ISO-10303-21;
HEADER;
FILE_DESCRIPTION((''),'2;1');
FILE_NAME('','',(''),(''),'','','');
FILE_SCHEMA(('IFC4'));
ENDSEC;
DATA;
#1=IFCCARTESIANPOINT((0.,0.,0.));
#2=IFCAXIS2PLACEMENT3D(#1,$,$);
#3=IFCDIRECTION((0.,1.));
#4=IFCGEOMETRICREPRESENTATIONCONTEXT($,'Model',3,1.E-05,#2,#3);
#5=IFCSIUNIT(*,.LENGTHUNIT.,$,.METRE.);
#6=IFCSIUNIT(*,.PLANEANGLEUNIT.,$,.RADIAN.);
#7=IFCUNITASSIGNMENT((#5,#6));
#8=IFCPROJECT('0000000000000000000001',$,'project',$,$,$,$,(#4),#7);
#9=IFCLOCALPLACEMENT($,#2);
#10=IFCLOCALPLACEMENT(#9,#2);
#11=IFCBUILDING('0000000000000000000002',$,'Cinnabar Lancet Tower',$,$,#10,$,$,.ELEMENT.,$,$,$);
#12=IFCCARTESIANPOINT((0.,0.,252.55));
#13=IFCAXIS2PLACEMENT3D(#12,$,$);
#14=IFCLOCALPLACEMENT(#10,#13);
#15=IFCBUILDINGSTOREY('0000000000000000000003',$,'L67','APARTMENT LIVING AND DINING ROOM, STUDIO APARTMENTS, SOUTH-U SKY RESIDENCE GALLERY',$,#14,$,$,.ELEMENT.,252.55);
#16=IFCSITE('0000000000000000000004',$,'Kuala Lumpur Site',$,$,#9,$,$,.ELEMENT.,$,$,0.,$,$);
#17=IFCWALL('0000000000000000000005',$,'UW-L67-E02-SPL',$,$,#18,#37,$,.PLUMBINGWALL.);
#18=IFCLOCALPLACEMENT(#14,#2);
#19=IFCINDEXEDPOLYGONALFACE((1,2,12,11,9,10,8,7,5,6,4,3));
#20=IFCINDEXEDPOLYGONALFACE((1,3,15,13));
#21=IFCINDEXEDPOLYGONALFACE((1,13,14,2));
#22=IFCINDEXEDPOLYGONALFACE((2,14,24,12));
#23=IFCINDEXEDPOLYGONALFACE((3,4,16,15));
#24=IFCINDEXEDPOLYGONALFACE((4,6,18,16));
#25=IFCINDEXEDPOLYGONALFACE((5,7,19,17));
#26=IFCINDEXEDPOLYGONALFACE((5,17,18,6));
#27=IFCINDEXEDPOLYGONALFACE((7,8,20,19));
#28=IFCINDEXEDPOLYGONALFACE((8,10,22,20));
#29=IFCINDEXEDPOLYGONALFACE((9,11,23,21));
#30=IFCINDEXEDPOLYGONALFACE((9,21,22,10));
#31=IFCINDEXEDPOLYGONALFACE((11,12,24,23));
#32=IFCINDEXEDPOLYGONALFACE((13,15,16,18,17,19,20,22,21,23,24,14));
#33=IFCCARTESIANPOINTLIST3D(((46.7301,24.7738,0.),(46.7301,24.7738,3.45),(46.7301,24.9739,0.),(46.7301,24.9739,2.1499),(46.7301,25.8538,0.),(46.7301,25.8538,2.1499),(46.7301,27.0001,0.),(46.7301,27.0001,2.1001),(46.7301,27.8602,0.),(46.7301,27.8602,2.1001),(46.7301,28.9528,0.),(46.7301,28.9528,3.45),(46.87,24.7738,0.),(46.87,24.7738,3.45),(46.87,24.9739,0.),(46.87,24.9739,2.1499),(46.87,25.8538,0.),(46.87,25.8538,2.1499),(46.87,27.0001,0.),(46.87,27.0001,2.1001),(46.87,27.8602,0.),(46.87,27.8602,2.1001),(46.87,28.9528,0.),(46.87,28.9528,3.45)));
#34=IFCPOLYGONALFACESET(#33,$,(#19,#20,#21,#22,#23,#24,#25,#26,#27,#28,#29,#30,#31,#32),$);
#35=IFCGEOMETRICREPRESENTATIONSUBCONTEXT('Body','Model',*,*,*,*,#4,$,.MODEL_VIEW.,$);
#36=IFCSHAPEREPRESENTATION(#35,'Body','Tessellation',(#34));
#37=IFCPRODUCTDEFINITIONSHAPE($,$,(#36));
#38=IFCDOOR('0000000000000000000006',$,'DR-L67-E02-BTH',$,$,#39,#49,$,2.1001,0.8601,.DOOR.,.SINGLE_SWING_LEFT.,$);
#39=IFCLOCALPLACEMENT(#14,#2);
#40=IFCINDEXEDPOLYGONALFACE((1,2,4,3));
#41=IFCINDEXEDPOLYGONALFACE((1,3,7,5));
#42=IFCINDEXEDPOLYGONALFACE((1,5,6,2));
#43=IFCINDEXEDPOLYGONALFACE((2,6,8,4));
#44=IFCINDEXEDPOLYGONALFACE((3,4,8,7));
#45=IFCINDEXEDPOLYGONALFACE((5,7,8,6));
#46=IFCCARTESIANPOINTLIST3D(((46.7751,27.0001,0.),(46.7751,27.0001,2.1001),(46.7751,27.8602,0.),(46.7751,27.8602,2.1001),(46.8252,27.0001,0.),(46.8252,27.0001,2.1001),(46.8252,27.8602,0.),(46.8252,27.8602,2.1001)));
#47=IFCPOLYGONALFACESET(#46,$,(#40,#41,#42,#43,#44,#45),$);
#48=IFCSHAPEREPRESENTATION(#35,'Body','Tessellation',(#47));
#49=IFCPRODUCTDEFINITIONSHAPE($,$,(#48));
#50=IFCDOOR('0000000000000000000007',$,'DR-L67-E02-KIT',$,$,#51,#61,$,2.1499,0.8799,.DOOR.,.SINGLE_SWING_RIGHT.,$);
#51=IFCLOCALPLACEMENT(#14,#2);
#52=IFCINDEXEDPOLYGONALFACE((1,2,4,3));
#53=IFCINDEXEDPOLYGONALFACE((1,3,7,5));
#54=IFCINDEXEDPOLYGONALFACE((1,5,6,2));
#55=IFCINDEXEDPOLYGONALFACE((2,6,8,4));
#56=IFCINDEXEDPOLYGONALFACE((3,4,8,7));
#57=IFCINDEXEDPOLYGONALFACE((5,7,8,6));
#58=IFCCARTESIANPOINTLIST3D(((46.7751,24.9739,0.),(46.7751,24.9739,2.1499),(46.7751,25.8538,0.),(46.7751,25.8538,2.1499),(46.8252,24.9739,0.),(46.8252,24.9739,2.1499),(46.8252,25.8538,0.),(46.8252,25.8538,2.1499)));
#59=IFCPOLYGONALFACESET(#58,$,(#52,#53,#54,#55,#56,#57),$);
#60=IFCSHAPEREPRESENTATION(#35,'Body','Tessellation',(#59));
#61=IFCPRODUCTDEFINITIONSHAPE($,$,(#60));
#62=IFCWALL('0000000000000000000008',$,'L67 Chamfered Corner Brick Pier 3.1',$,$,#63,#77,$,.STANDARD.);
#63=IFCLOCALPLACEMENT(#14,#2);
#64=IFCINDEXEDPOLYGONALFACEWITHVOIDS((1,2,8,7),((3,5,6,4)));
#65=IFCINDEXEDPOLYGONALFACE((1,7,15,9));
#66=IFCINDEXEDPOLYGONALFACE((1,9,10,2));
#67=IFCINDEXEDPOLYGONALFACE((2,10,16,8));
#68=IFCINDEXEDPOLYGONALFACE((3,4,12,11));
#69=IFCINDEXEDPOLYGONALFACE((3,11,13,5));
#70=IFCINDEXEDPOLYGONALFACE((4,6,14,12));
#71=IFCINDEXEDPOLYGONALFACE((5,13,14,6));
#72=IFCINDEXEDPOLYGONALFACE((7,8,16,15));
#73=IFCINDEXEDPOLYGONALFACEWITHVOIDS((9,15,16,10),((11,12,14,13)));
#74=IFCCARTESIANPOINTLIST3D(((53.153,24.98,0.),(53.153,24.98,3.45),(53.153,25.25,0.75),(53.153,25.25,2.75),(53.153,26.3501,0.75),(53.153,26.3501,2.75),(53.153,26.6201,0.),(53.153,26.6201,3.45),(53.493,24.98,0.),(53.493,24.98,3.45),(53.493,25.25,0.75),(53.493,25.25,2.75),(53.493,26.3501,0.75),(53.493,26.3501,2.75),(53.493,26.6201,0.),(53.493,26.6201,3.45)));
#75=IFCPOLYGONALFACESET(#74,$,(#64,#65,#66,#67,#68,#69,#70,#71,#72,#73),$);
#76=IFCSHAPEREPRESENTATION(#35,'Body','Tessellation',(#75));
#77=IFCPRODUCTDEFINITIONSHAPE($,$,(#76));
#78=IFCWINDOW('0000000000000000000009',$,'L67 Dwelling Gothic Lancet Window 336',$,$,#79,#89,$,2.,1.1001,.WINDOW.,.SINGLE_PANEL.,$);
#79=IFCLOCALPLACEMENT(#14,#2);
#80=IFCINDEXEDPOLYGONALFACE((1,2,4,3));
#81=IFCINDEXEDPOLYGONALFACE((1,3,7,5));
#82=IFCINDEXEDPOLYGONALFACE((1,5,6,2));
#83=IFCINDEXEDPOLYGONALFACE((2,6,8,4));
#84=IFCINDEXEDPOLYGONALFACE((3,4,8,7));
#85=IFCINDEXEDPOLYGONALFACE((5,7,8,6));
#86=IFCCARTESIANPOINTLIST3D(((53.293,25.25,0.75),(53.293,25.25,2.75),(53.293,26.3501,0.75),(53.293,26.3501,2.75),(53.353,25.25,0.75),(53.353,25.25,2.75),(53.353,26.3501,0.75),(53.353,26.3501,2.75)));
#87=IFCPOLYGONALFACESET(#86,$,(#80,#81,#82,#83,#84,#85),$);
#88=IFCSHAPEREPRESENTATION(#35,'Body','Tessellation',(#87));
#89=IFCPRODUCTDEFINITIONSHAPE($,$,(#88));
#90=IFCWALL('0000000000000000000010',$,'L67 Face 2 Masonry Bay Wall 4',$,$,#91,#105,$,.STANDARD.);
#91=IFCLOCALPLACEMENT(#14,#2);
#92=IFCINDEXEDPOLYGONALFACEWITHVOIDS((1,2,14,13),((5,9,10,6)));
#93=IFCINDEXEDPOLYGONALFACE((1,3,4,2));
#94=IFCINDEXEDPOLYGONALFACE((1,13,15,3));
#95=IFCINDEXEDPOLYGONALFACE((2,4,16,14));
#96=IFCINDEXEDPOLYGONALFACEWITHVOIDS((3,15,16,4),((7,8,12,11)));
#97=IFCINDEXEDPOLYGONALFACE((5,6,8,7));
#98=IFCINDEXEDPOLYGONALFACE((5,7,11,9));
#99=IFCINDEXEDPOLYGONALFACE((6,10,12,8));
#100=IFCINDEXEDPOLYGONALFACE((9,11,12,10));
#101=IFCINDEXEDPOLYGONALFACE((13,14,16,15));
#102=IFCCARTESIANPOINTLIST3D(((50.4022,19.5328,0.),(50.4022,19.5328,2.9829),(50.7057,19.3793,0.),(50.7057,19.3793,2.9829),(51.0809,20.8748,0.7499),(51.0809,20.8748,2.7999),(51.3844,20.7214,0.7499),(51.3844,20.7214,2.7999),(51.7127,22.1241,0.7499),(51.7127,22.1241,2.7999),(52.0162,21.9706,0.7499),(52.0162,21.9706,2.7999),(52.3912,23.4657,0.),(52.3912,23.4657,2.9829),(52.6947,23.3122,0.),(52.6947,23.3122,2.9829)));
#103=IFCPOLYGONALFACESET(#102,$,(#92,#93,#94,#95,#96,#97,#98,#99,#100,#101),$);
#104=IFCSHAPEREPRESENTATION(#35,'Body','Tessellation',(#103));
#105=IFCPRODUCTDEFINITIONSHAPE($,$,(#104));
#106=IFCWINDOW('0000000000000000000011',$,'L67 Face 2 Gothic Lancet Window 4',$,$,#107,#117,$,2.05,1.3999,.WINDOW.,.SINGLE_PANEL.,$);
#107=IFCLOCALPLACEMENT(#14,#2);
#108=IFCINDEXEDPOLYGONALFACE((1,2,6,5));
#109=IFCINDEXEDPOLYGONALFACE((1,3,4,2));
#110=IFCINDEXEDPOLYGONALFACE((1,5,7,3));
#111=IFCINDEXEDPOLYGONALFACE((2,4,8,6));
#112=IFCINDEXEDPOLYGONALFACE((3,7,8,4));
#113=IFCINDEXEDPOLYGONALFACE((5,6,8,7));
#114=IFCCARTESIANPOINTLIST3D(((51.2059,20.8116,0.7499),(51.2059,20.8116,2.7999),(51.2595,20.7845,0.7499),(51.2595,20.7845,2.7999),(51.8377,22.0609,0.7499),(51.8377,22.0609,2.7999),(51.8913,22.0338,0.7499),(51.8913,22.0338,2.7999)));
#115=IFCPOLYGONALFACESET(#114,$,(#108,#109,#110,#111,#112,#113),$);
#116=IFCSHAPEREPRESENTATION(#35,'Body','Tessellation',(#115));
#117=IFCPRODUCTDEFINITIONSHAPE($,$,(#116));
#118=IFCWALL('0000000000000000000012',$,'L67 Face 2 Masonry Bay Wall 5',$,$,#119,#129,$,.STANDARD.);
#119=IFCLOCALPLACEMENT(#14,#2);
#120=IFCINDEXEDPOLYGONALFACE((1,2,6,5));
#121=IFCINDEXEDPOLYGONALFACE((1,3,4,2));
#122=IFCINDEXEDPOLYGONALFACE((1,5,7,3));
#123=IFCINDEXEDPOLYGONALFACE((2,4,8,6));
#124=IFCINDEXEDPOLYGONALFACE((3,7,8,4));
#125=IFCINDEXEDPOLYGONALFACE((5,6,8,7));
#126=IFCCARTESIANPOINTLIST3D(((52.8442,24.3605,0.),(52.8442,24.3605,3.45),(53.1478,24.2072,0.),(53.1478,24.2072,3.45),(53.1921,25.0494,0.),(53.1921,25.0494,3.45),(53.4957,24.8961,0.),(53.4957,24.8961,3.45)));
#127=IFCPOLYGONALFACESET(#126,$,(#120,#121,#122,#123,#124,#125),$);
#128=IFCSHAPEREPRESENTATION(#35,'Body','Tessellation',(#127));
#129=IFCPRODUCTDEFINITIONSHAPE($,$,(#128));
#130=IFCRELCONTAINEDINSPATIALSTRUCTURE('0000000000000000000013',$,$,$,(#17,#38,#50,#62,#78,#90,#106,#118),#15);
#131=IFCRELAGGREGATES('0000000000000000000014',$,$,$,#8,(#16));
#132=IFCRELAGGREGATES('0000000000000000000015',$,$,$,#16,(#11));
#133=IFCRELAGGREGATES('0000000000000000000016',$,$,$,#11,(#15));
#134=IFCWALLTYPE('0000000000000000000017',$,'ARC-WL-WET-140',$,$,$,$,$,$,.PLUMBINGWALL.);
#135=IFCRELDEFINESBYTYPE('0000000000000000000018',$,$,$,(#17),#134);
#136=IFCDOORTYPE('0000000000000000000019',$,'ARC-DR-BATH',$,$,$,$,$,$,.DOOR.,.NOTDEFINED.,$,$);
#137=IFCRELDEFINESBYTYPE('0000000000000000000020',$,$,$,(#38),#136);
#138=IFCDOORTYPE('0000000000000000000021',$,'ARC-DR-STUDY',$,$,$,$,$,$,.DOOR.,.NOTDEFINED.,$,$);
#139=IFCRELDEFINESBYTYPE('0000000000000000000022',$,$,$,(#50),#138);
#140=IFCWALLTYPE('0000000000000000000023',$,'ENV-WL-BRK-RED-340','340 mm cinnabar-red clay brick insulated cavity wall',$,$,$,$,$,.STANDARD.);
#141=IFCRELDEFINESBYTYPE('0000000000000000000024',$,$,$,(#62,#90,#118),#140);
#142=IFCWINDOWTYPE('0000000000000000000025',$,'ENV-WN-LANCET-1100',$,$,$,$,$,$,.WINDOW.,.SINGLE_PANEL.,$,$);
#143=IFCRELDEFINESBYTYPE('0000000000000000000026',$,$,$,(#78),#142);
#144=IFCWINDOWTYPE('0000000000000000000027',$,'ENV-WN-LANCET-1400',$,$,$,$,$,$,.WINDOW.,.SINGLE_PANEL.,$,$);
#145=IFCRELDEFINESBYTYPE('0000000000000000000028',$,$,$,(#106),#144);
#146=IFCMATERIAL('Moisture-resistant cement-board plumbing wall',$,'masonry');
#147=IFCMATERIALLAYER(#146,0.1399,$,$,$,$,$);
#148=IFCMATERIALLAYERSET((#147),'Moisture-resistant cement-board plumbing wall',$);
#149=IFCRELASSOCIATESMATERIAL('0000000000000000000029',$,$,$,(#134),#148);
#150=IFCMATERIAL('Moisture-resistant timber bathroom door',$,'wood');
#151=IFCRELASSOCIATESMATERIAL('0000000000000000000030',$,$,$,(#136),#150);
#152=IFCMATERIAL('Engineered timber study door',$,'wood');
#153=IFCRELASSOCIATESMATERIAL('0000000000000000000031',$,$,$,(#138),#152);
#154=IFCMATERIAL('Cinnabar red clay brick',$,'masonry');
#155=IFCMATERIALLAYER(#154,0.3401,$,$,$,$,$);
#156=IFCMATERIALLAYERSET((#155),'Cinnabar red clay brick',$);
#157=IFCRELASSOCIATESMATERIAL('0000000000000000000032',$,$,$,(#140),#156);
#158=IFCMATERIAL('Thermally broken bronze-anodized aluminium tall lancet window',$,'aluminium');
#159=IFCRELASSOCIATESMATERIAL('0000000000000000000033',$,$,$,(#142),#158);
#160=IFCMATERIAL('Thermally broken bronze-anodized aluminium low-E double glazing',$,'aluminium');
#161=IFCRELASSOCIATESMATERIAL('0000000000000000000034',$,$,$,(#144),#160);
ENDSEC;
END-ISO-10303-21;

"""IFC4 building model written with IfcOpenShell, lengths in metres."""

from ifc_helpers import new_model, si_unit, direction, frame, frame_2d, origin, place, context, subcontext, project, spatial, rectangle, extrude, material, layer, layer_set, type_object, element, fill, save


model = new_model("IFC4")

# Units and contexts
model_context = context("Model", 3, precision=1e-05, world=origin(), true_north=direction((0.0, 1.0)))
body_context = subcontext(model_context, "Body", "Model", "MODEL_VIEW")
ifc_project = project(units=[si_unit("LENGTHUNIT", "METRE"), si_unit("PLANEANGLEUNIT", "RADIAN")], contexts=[model_context])

# Site, building, storey
site_placement = place(None, origin())
site = spatial("IfcSite", under=ifc_project, at=site_placement, Name="Kuala Lumpur Site", CompositionType="ELEMENT", RefElevation=0.0)
building_placement = place(site_placement, origin())
building = spatial("IfcBuilding", under=site, at=building_placement, Name="Cinnabar Lancet Tower", CompositionType="ELEMENT")
storey_placement = place(building_placement, frame((0.0, 0.0, 252.55)))
storey = spatial("IfcBuildingStorey", under=building, at=storey_placement, Name="L67", Description="APARTMENT LIVING AND DINING ROOM, STUDIO APARTMENTS, SOUTH-U SKY RESIDENCE GALLERY", CompositionType="ELEMENT", Elevation=252.55)

# Shared definitions
ifc_material_1 = material(Name="Moisture-resistant cement-board plumbing wall", Category="masonry")
ifc_layer_1 = layer(ifc_material_1, 0.1399)
ifc_layer_set_1 = layer_set([ifc_layer_1], Name="Moisture-resistant cement-board plumbing wall")
wall_type_1 = type_object("IfcWallType", Name="ARC-WL-WET-140", PredefinedType="PLUMBINGWALL", material=ifc_layer_set_1)

# Wall, openings, doors
wall_1_placement = place(storey_placement, frame((46.8, 24.7739, 0.0), z_axis=(0.0, 0.0, 1.0), x_axis=(0.0, 1.0, 0.0)))
wall_1 = element("IfcWall", 1, at=wall_1_placement, inside=storey, type_object=wall_type_1, Name="UW-L67-E02-SPL", PredefinedType="PLUMBINGWALL", context=body_context, shape_type="SweptSolid", body=[
    extrude(rectangle(XDim=4.179, YDim=0.1399, at=frame_2d((2.0894, 0.0))), origin(), (0.0, 0.0, 1.0), 3.45),
])
opening_1_placement = place(wall_1_placement, frame((2.2261, 0.0, 0.0)))
opening_1 = element("IfcOpeningElement", 2, at=opening_1_placement, cuts=wall_1, PredefinedType="OPENING", context=body_context, shape_type="SweptSolid", body=[
    extrude(rectangle(XDim=0.8601, YDim=2.1001, at=frame_2d((0.4302, 1.05))), frame((0.0, 0.0798, 0.0), z_axis=(0.0, -1.0, 0.0), x_axis=(1.0, 0.0, 0.0)), (0.0, 0.0, 1.0), 0.1599),
])
opening_2_placement = place(wall_1_placement, frame((0.2, 0.0, 0.0)))
opening_2 = element("IfcOpeningElement", 3, at=opening_2_placement, cuts=wall_1, PredefinedType="OPENING", context=body_context, shape_type="SweptSolid", body=[
    extrude(rectangle(XDim=0.8799, YDim=2.1499, at=frame_2d((0.4399, 1.075))), frame((0.0, 0.0798, 0.0), z_axis=(0.0, -1.0, 0.0), x_axis=(1.0, 0.0, 0.0)), (0.0, 0.0, 1.0), 0.1599),
])
ifc_material_2 = material(Name="Moisture-resistant timber bathroom door", Category="wood")
door_type_1 = type_object("IfcDoorType", Name="ARC-DR-BATH", OperationType="NOTDEFINED", PredefinedType="DOOR", material=ifc_material_2)
door_1_placement = place(opening_1_placement, origin())
door_1 = element("IfcDoor", 4, at=door_1_placement, inside=storey, type_object=door_type_1, Name="DR-L67-E02-BTH", OperationType="SINGLE_SWING_LEFT", OverallHeight=2.1001, OverallWidth=0.8601, PredefinedType="DOOR", context=body_context, shape_type="SweptSolid", body=[
    extrude(rectangle(XDim=0.8601, YDim=2.1001, at=frame_2d((0.4302, 1.05))), frame((0.0, 0.0249, 0.0), z_axis=(0.0, -1.0, 0.0), x_axis=(1.0, 0.0, 0.0)), (0.0, 0.0, 1.0), 0.05),
])
fill(opening_1, door_1)
ifc_material_3 = material(Name="Engineered timber study door", Category="wood")
door_type_2 = type_object("IfcDoorType", Name="ARC-DR-STUDY", OperationType="NOTDEFINED", PredefinedType="DOOR", material=ifc_material_3)
door_2_placement = place(opening_2_placement, origin())
door_2 = element("IfcDoor", 5, at=door_2_placement, inside=storey, type_object=door_type_2, Name="DR-L67-E02-KIT", OperationType="SINGLE_SWING_RIGHT", OverallHeight=2.1499, OverallWidth=0.8799, PredefinedType="DOOR", context=body_context, shape_type="SweptSolid", body=[
    extrude(rectangle(XDim=0.8799, YDim=2.1499, at=frame_2d((0.4399, 1.075))), frame((0.0, 0.0249, 0.0), z_axis=(0.0, -1.0, 0.0), x_axis=(1.0, 0.0, 0.0)), (0.0, 0.0, 1.0), 0.05),
])
fill(opening_2, door_2)

# Walls, openings, windows
ifc_material_4 = material(Name="Cinnabar red clay brick", Category="masonry")
ifc_layer_2 = layer(ifc_material_4, 0.3401)
ifc_layer_set_2 = layer_set([ifc_layer_2], Name="Cinnabar red clay brick")
wall_type_2 = type_object("IfcWallType", Name="ENV-WL-BRK-RED-340", Description="340 mm cinnabar-red clay brick insulated cavity wall", PredefinedType="STANDARD", material=ifc_layer_set_2)
wall_2_placement = place(storey_placement, frame((53.323, 24.98, 0.0), z_axis=(0.0, 0.0, 1.0), x_axis=(0.0, 1.0, 0.0)))
wall_2 = element("IfcWall", 6, at=wall_2_placement, inside=storey, type_object=wall_type_2, Name="L67 Chamfered Corner Brick Pier 3.1", PredefinedType="STANDARD", context=body_context, shape_type="SweptSolid", body=[
    extrude(rectangle(XDim=1.6401, YDim=0.3401, at=frame_2d((0.8201, 0.0))), origin(), (0.0, 0.0, 1.0), 3.45),
])
opening_3_placement = place(wall_2_placement, frame((0.27, 0.0, 0.75)))
opening_3 = element("IfcOpeningElement", 7, at=opening_3_placement, cuts=wall_2, PredefinedType="OPENING", context=body_context, shape_type="SweptSolid", body=[
    extrude(rectangle(XDim=1.1001, YDim=2.0, at=frame_2d((0.55, 1.0))), frame((0.0, 0.1799, 0.0), z_axis=(0.0, -1.0, 0.0), x_axis=(1.0, 0.0, 0.0)), (0.0, 0.0, 1.0), 0.3601),
])
ifc_material_5 = material(Name="Thermally broken bronze-anodized aluminium tall lancet window", Category="aluminium")
window_type_1 = type_object("IfcWindowType", Name="ENV-WN-LANCET-1100", PartitioningType="SINGLE_PANEL", PredefinedType="WINDOW", material=ifc_material_5)
window_1_placement = place(opening_3_placement, origin())
window_1 = element("IfcWindow", 8, at=window_1_placement, inside=storey, type_object=window_type_1, Name="L67 Dwelling Gothic Lancet Window 336", OverallHeight=2.0, OverallWidth=1.1001, PartitioningType="SINGLE_PANEL", PredefinedType="WINDOW", context=body_context, shape_type="SweptSolid", body=[
    extrude(rectangle(XDim=1.1001, YDim=2.0, at=frame_2d((0.55, 1.0))), frame((0.0, 0.03, 0.0), z_axis=(0.0, -1.0, 0.0), x_axis=(1.0, 0.0, 0.0)), (0.0, 0.0, 1.0), 0.0601),
])
fill(opening_3, window_1)
wall_3_placement = place(storey_placement, frame((50.554, 19.4561, 0.0), z_axis=(0.0, 0.0, 1.0), x_axis=(0.451308, 0.892368, 0.0)))
wall_3 = element("IfcWall", 9, at=wall_3_placement, inside=storey, type_object=wall_type_2, Name="L67 Face 2 Masonry Bay Wall 4", PredefinedType="STANDARD", context=body_context, shape_type="SweptSolid", body=[
    extrude(rectangle(XDim=4.4072, YDim=0.3401, at=frame_2d((2.2036, 0.0))), origin(), (0.0, 0.0, 1.0), 2.9829),
])
opening_4_placement = place(wall_3_placement, frame((1.5039, 0.0, 0.75)))
opening_4 = element("IfcOpeningElement", 10, at=opening_4_placement, cuts=wall_3, PredefinedType="OPENING", context=body_context, shape_type="SweptSolid", body=[
    extrude(rectangle(XDim=1.3999, YDim=2.05, at=frame_2d((0.7, 1.0249))), frame((0.0, 0.1799, 0.0), z_axis=(0.0, -1.0, 0.0), x_axis=(1.0, 0.0, 0.0)), (0.0, 0.0, 1.0), 0.3601),
])
ifc_material_6 = material(Name="Thermally broken bronze-anodized aluminium low-E double glazing", Category="aluminium")
window_type_2 = type_object("IfcWindowType", Name="ENV-WN-LANCET-1400", PartitioningType="SINGLE_PANEL", PredefinedType="WINDOW", material=ifc_material_6)
window_2_placement = place(opening_4_placement, origin())
window_2 = element("IfcWindow", 11, at=window_2_placement, inside=storey, type_object=window_type_2, Name="L67 Face 2 Gothic Lancet Window 4", OverallHeight=2.05, OverallWidth=1.3999, PartitioningType="SINGLE_PANEL", PredefinedType="WINDOW", context=body_context, shape_type="SweptSolid", body=[
    extrude(rectangle(XDim=1.3999, YDim=2.05, at=frame_2d((0.7, 1.0249))), frame((0.0, 0.03, 0.0), z_axis=(0.0, -1.0, 0.0), x_axis=(1.0, 0.0, 0.0)), (0.0, 0.0, 1.0), 0.0601),
])
fill(opening_4, window_2)

# Wall
wall_4_placement = place(storey_placement, frame((52.9961, 24.2839, 0.0), z_axis=(0.0, 0.0, 1.0), x_axis=(0.450753, 0.892649, 0.0)))
element("IfcWall", 12, at=wall_4_placement, inside=storey, type_object=wall_type_2, Name="L67 Face 2 Masonry Bay Wall 5", PredefinedType="STANDARD", context=body_context, shape_type="SweptSolid", body=[
    extrude(rectangle(XDim=0.7717, YDim=0.3401, at=frame_2d((0.3857, 0.0))), origin(), (0.0, 0.0, 1.0), 3.45),
])

save(model, "model.ifc")
